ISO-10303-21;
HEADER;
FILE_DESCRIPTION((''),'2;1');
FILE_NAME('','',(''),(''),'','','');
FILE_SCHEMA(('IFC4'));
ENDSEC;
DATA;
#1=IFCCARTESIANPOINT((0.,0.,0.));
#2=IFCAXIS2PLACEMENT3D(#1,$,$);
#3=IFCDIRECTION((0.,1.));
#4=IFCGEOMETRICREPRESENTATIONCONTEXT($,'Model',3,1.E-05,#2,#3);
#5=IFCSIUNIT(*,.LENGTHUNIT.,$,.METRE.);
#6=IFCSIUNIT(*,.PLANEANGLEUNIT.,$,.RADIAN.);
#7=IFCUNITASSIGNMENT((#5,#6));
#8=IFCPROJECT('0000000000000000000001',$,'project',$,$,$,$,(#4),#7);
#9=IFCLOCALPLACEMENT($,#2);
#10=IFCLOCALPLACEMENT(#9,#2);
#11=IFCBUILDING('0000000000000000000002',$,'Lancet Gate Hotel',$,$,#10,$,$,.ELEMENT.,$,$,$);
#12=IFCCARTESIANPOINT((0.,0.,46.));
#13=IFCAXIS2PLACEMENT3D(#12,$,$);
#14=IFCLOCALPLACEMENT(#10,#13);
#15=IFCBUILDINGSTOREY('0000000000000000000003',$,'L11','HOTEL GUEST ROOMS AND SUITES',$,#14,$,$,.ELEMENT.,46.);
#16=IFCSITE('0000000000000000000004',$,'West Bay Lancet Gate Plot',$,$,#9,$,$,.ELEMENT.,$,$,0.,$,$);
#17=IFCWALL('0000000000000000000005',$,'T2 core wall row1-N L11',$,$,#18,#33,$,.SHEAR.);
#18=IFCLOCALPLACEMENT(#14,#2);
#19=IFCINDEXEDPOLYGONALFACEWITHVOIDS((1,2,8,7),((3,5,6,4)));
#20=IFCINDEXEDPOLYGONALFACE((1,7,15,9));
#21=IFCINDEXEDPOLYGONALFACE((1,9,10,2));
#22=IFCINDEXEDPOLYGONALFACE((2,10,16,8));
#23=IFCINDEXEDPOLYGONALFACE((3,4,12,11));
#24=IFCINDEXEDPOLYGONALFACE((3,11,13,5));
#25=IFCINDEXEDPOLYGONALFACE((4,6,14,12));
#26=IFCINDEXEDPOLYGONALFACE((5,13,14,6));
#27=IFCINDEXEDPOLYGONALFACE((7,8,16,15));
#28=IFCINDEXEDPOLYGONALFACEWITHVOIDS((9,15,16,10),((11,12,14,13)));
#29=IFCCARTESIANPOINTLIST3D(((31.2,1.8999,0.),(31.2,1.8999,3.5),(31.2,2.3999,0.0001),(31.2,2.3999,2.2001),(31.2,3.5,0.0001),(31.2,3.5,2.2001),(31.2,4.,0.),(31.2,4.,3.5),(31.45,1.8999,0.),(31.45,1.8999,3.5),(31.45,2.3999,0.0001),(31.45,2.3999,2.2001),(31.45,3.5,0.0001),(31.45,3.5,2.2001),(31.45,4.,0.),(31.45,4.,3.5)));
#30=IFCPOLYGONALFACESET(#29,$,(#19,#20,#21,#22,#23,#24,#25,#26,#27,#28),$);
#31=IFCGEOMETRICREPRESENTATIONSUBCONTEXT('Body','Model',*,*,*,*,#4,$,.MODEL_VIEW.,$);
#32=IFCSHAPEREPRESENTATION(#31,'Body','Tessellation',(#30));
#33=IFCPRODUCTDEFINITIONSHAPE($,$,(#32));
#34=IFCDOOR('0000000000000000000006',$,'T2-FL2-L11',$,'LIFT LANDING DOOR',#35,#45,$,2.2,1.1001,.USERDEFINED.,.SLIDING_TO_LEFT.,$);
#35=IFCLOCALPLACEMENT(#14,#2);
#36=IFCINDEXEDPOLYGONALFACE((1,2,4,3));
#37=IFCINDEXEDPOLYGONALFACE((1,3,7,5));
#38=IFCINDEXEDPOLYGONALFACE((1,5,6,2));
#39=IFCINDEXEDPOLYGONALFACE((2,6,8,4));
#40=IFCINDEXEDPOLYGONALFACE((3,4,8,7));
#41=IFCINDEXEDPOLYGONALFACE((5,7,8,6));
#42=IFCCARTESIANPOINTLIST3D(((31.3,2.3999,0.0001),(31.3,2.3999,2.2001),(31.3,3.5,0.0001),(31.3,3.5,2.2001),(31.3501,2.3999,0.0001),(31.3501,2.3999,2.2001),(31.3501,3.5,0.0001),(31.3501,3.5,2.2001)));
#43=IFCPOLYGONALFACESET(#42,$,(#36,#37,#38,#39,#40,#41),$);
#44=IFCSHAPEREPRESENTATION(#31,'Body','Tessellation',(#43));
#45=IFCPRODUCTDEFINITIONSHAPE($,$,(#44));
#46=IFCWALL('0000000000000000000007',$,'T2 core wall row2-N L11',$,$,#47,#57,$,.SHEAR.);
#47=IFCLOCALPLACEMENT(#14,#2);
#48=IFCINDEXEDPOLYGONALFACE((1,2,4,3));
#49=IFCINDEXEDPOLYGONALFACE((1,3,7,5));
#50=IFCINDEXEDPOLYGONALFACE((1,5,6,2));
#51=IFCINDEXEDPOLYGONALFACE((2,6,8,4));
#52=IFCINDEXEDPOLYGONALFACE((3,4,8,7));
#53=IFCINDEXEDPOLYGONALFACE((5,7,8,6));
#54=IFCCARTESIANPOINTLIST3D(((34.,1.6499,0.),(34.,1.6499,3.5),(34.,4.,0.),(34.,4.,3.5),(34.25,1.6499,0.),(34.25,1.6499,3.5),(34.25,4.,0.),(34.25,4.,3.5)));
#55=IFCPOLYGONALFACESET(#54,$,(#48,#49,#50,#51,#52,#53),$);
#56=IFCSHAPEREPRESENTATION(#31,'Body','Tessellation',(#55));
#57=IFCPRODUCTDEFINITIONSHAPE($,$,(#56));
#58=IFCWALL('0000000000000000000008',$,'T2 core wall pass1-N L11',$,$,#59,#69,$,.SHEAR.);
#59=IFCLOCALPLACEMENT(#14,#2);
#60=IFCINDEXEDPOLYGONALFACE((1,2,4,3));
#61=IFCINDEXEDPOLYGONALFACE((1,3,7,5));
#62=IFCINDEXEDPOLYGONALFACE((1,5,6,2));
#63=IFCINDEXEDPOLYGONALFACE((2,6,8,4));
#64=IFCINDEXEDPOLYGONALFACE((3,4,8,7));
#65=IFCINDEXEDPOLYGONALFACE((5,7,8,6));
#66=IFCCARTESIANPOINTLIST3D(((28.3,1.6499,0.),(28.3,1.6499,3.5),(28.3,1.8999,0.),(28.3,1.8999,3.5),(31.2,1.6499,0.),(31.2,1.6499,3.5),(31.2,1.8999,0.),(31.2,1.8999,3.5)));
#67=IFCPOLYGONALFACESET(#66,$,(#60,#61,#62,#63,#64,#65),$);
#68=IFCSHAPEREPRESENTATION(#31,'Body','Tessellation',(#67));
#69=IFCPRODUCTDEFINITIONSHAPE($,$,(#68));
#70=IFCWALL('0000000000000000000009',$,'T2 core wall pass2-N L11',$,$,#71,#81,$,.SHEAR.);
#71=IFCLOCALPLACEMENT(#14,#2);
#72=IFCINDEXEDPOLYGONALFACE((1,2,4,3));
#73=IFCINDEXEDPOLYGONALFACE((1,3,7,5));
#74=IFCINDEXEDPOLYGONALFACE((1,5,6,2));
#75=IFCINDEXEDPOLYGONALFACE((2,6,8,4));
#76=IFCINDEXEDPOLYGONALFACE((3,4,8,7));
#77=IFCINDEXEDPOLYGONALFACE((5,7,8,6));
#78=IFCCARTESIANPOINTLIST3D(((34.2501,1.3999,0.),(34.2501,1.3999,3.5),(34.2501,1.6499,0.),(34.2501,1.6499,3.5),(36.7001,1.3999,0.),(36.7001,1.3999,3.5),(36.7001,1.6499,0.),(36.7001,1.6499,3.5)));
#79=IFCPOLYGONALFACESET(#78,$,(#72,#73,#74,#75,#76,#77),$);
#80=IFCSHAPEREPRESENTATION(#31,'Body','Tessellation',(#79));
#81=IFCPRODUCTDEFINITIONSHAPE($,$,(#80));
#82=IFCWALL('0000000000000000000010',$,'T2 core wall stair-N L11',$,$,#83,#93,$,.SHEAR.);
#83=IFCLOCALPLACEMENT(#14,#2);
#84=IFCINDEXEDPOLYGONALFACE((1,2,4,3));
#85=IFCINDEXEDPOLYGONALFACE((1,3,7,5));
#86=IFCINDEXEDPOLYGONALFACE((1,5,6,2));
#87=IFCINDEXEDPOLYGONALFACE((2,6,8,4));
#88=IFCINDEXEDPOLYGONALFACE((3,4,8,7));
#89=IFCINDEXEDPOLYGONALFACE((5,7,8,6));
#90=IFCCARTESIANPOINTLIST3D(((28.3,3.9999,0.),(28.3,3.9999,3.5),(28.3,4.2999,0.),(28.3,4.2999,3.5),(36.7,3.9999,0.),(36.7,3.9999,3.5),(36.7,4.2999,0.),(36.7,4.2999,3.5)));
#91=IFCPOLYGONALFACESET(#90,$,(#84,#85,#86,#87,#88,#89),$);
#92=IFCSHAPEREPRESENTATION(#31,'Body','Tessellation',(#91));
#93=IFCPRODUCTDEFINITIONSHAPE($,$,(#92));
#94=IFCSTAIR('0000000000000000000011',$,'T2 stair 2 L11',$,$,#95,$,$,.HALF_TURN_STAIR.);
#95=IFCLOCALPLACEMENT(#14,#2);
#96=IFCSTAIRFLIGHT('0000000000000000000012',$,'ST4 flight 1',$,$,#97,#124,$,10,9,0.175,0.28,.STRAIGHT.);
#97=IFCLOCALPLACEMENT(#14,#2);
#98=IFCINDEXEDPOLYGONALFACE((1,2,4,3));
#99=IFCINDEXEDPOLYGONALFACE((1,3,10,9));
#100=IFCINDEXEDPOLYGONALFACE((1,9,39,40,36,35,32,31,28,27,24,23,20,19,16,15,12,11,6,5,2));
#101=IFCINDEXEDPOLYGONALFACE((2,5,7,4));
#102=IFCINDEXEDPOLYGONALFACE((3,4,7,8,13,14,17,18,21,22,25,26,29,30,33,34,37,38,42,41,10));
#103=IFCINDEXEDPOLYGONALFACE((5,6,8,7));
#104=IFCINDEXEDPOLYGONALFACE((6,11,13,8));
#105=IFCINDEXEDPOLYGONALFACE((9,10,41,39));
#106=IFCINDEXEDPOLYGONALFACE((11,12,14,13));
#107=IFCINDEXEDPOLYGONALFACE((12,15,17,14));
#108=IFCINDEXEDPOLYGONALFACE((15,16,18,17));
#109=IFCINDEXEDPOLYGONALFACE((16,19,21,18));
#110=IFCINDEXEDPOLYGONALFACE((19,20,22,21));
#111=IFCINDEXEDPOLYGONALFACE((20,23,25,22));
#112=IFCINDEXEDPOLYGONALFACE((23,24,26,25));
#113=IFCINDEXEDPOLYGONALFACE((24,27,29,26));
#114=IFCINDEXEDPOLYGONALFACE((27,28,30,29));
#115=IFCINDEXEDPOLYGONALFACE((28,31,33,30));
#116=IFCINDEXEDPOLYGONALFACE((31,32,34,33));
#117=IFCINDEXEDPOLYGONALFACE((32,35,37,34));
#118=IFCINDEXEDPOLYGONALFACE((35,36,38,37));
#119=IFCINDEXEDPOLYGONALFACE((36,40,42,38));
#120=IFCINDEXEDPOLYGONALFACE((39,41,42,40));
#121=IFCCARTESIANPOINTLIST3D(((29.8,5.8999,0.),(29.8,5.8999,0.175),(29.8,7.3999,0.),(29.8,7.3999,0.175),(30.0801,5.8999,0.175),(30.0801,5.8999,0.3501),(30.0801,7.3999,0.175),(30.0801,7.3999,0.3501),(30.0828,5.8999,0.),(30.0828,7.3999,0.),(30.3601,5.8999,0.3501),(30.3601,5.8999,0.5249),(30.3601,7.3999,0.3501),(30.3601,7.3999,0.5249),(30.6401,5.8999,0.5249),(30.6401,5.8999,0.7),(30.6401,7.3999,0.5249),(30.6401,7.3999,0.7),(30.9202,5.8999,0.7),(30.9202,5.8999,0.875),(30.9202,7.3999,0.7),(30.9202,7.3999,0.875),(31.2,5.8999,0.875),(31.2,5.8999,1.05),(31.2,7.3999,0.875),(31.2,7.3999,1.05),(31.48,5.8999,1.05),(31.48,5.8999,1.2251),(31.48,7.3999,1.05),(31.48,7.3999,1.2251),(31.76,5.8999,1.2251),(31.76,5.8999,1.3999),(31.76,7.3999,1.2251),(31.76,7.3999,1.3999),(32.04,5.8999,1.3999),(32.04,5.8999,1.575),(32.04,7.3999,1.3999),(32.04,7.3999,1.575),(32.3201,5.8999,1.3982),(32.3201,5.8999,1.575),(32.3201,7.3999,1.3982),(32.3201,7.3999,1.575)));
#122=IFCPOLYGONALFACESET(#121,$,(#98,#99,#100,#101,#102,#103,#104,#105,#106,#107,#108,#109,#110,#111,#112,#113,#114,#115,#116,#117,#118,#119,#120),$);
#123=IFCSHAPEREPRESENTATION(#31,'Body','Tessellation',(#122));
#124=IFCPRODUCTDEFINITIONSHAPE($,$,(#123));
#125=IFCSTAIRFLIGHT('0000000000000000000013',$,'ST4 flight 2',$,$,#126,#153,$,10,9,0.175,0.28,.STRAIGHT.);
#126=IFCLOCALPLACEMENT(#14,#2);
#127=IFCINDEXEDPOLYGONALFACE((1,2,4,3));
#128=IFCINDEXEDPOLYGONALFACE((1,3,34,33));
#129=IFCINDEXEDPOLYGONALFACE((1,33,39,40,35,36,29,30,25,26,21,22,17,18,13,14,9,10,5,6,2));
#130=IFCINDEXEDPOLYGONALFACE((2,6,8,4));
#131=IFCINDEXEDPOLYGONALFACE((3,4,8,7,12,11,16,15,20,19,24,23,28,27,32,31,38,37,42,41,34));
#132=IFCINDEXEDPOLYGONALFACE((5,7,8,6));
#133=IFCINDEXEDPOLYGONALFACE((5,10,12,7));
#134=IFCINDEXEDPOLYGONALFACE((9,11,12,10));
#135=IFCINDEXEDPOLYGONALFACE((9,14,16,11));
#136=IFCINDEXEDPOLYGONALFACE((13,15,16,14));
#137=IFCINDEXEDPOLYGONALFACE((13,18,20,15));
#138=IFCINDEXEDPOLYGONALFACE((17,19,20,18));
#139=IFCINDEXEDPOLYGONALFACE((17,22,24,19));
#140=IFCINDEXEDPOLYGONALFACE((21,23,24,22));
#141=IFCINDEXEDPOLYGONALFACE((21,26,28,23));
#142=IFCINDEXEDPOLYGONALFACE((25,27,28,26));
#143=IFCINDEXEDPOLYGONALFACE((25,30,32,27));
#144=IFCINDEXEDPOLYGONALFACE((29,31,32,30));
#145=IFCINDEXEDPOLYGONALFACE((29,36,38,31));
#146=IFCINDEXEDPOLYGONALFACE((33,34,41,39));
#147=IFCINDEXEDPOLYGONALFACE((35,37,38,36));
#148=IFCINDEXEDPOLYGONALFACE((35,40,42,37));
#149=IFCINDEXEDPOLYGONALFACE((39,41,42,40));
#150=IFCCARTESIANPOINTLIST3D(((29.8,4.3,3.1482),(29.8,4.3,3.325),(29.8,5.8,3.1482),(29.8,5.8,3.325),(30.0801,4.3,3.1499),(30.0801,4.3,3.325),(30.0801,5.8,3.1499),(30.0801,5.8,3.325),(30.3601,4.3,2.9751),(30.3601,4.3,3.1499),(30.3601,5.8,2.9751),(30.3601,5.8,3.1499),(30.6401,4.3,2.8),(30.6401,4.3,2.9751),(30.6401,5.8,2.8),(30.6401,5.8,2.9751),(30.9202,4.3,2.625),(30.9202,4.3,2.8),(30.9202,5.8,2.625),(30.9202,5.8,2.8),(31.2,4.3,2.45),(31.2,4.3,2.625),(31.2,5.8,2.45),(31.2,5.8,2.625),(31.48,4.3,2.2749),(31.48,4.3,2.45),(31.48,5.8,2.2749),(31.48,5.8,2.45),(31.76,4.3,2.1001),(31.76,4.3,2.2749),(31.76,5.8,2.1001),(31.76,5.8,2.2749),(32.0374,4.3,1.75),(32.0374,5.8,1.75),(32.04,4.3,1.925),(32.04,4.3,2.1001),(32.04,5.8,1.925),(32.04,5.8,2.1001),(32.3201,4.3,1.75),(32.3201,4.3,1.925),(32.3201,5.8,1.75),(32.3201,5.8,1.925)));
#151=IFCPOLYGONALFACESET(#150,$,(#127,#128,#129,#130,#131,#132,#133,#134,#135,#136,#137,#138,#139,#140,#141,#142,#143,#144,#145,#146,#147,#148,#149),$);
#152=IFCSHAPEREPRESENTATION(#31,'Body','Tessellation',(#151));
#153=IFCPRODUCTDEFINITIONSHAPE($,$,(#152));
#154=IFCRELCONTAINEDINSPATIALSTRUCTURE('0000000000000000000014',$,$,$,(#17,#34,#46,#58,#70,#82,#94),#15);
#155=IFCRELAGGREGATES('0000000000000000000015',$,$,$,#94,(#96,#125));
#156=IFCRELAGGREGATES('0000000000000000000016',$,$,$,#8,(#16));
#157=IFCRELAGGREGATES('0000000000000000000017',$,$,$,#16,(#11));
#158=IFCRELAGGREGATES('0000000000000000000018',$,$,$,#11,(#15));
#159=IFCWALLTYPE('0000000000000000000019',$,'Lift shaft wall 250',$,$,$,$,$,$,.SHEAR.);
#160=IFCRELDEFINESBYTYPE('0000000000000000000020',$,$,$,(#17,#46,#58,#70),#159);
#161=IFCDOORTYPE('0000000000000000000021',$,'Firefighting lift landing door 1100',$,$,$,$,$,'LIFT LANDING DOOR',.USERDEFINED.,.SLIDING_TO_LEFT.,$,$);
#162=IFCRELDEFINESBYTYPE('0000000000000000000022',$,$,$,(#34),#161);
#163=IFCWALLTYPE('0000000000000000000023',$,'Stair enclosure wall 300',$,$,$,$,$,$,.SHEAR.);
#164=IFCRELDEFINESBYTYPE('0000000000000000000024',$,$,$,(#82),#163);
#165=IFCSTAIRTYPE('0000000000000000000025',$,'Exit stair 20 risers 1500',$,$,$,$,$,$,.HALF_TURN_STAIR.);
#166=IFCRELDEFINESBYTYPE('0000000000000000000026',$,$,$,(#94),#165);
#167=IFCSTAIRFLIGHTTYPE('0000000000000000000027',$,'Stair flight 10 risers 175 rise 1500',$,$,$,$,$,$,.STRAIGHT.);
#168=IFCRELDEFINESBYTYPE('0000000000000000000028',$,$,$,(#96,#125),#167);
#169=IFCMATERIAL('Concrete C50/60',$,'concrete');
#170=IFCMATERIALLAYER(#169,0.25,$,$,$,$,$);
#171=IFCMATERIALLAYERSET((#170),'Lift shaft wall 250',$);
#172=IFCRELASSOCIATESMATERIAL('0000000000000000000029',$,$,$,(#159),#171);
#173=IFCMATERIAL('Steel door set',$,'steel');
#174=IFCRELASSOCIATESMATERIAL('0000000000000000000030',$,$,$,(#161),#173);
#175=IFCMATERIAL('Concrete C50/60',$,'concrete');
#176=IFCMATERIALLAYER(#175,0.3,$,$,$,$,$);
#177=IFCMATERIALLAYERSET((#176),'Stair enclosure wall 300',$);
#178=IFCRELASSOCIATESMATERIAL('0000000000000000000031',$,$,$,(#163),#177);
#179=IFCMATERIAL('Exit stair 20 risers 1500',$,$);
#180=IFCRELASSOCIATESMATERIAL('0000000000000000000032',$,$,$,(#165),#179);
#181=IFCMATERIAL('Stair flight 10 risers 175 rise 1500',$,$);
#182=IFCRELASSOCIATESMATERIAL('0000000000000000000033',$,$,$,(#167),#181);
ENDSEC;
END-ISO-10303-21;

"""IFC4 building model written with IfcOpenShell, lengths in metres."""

from ifc_helpers import new_model, si_unit, direction, frame, frame_2d, origin, place, context, subcontext, project, spatial, polyline, rectangle, outline, extrude, material, layer, layer_set, type_object, element, fill, aggregate, save


model = new_model("IFC4")

# Units and contexts
model_context = context("Model", 3, precision=1e-05, world=origin(), true_north=direction((0.0, 1.0)))
body_context = subcontext(model_context, "Body", "Model", "MODEL_VIEW")
ifc_project = project(units=[si_unit("LENGTHUNIT", "METRE"), si_unit("PLANEANGLEUNIT", "RADIAN")], contexts=[model_context])

# Site, building, storey
site_placement = place(None, origin())
site = spatial("IfcSite", under=ifc_project, at=site_placement, Name="West Bay Lancet Gate Plot", CompositionType="ELEMENT", RefElevation=0.0)
building_placement = place(site_placement, origin())
building = spatial("IfcBuilding", under=site, at=building_placement, Name="Lancet Gate Hotel", CompositionType="ELEMENT")
storey_placement = place(building_placement, frame((0.0, 0.0, 46.0)))
storey = spatial("IfcBuildingStorey", under=building, at=storey_placement, Name="L11", Description="HOTEL GUEST ROOMS AND SUITES", CompositionType="ELEMENT", Elevation=46.0)

# Wall, opening, door
ifc_material_1 = material(Name="Concrete C50/60", Category="concrete")
ifc_layer_1 = layer(ifc_material_1, 0.25)
ifc_layer_set_1 = layer_set([ifc_layer_1], Name="Lift shaft wall 250")
wall_type_1 = type_object("IfcWallType", Name="Lift shaft wall 250", PredefinedType="SHEAR", material=ifc_layer_set_1)
wall_1_placement = place(storey_placement, frame((31.325, 1.8999, 0.0), z_axis=(0.0, 0.0, 1.0), x_axis=(0.0, 1.0, 0.0)))
wall_1 = element("IfcWall", 1, at=wall_1_placement, inside=storey, type_object=wall_type_1, Name="T2 core wall row1-N L11", PredefinedType="SHEAR", context=body_context, shape_type="SweptSolid", body=[
    extrude(rectangle(XDim=2.1001, YDim=0.25, at=frame_2d((1.05, 0.0))), origin(), (0.0, 0.0, 1.0), 3.5),
])
opening_1_placement = place(wall_1_placement, frame((0.5, 0.0, 0.0)))
opening_1 = element("IfcOpeningElement", 2, at=opening_1_placement, cuts=wall_1, PredefinedType="OPENING", context=body_context, shape_type="SweptSolid", body=[
    extrude(rectangle(XDim=1.1001, YDim=2.2, at=frame_2d((0.55, 1.1001))), frame((0.0, 0.135, 0.0), z_axis=(0.0, -1.0, 0.0), x_axis=(1.0, 0.0, 0.0)), (0.0, 0.0, 1.0), 0.27),
])
ifc_material_2 = material(Name="Steel door set", Category="steel")
door_type_1 = type_object("IfcDoorType", Name="Firefighting lift landing door 1100", ElementType="LIFT LANDING DOOR", OperationType="SLIDING_TO_LEFT", PredefinedType="USERDEFINED", material=ifc_material_2)
door_1_placement = place(opening_1_placement, origin())
door_1 = element("IfcDoor", 3, at=door_1_placement, inside=storey, type_object=door_type_1, Name="T2-FL2-L11", ObjectType="LIFT LANDING DOOR", OperationType="SLIDING_TO_LEFT", OverallHeight=2.2, OverallWidth=1.1001, PredefinedType="USERDEFINED", context=body_context, shape_type="SweptSolid", body=[
    extrude(rectangle(XDim=1.1001, YDim=2.2, at=frame_2d((0.55, 1.1001))), frame((0.0, 0.0249, 0.0), z_axis=(0.0, -1.0, 0.0), x_axis=(1.0, 0.0, 0.0)), (0.0, 0.0, 1.0), 0.05),
])
fill(opening_1, door_1)

# Walls
wall_2_placement = place(storey_placement, frame((34.125, 1.6499, 0.0), z_axis=(0.0, 0.0, 1.0), x_axis=(0.0, 1.0, 0.0)))
element("IfcWall", 4, at=wall_2_placement, inside=storey, type_object=wall_type_1, Name="T2 core wall row2-N L11", PredefinedType="SHEAR", context=body_context, shape_type="SweptSolid", body=[
    extrude(rectangle(XDim=2.3501, YDim=0.25, at=frame_2d((1.175, 0.0))), origin(), (0.0, 0.0, 1.0), 3.5),
])
wall_3_placement = place(storey_placement, frame((28.3, 1.7749, 0.0), z_axis=(0.0, 0.0, 1.0), x_axis=(1.0, 0.0, 0.0)))
element("IfcWall", 5, at=wall_3_placement, inside=storey, type_object=wall_type_1, Name="T2 core wall pass1-N L11", PredefinedType="SHEAR", context=body_context, shape_type="SweptSolid", body=[
    extrude(rectangle(XDim=2.8999, YDim=0.25, at=frame_2d((1.45, 0.0))), origin(), (0.0, 0.0, 1.0), 3.5),
])
wall_4_placement = place(storey_placement, frame((34.25, 1.5249, 0.0), z_axis=(0.0, 0.0, 1.0), x_axis=(1.0, 0.0, 0.0)))
element("IfcWall", 6, at=wall_4_placement, inside=storey, type_object=wall_type_1, Name="T2 core wall pass2-N L11", PredefinedType="SHEAR", context=body_context, shape_type="SweptSolid", body=[
    extrude(rectangle(XDim=2.45, YDim=0.25, at=frame_2d((1.2251, 0.0))), origin(), (0.0, 0.0, 1.0), 3.5),
])
ifc_material_3 = material(Name="Concrete C50/60", Category="concrete")
ifc_layer_2 = layer(ifc_material_3, 0.3)
ifc_layer_set_2 = layer_set([ifc_layer_2], Name="Stair enclosure wall 300")
wall_type_2 = type_object("IfcWallType", Name="Stair enclosure wall 300", PredefinedType="SHEAR", material=ifc_layer_set_2)
wall_5_placement = place(storey_placement, frame((28.3, 4.1499, 0.0), z_axis=(0.0, 0.0, 1.0), x_axis=(1.0, 0.0, 0.0)))
element("IfcWall", 7, at=wall_5_placement, inside=storey, type_object=wall_type_2, Name="T2 core wall stair-N L11", PredefinedType="SHEAR", context=body_context, shape_type="SweptSolid", body=[
    extrude(rectangle(XDim=8.3999, YDim=0.3, at=frame_2d((4.2, 0.0))), origin(), (0.0, 0.0, 1.0), 3.5),
])

# Stair, stair flights
ifc_material_4 = material(Name="Exit stair 20 risers 1500")
stair_type = type_object("IfcStairType", Name="Exit stair 20 risers 1500", PredefinedType="HALF_TURN_STAIR", material=ifc_material_4)
stair_placement = place(storey_placement, origin())
stair = element("IfcStair", 8, at=stair_placement, inside=storey, type_object=stair_type, Name="T2 stair 2 L11", PredefinedType="HALF_TURN_STAIR")
ifc_material_5 = material(Name="Stair flight 10 risers 175 rise 1500")
stair_flight_type = type_object("IfcStairFlightType", Name="Stair flight 10 risers 175 rise 1500", PredefinedType="STRAIGHT", material=ifc_material_5)
stair_flight_1_placement = place(storey_placement, frame((29.8, 6.6499, 0.0), z_axis=(0.0, 0.0, 1.0), x_axis=(1.0, 0.0, 0.0)))
stair_flight_1 = element("IfcStairFlight", 9, at=stair_flight_1_placement, type_object=stair_flight_type, Name="ST4 flight 1", NumberOfRisers=10, NumberOfTreads=9, PredefinedType="STRAIGHT", RiserHeight=0.175, TreadLength=0.28, context=body_context, shape_type="SweptSolid", body=[
    extrude(outline(polyline([(0.0, 0.0), (0.0, 0.175), (0.28, 0.175), (0.28, 0.3501), (0.5601, 0.3501), (0.5601, 0.5249), (0.8401, 0.5249), (0.8401, 0.7), (1.1201, 0.7), (1.1201, 0.875), (1.3999, 0.875), (1.3999, 1.05), (1.6799, 1.05), (1.6799, 1.2251), (1.96, 1.2251), (1.96, 1.3999), (2.24, 1.3999), (2.24, 1.575), (2.52, 1.575), (2.52, 1.75), (2.52, 1.3982), (0.2827, 0.0), (0.0, 0.0)])), frame((0.0, 0.75, 0.0), z_axis=(0.0, -1.0, 0.0), x_axis=(1.0, 0.0, 0.0)), (0.0, 0.0, 1.0), 1.5),
])
stair_flight_2_placement = place(storey_placement, frame((32.3201, 5.05, 1.75), z_axis=(0.0, 0.0, 1.0), x_axis=(-1.0, 0.0, 0.0)))
stair_flight_2 = element("IfcStairFlight", 10, at=stair_flight_2_placement, type_object=stair_flight_type, Name="ST4 flight 2", NumberOfRisers=10, NumberOfTreads=9, PredefinedType="STRAIGHT", RiserHeight=0.175, TreadLength=0.28, context=body_context, shape_type="SweptSolid", body=[
    extrude(outline(polyline([(0.0, 0.0), (0.0, 0.175), (0.28, 0.175), (0.28, 0.3501), (0.5601, 0.3501), (0.5601, 0.5249), (0.8401, 0.5249), (0.8401, 0.7), (1.1201, 0.7), (1.1201, 0.875), (1.3999, 0.875), (1.3999, 1.05), (1.6799, 1.05), (1.6799, 1.2251), (1.96, 1.2251), (1.96, 1.3999), (2.24, 1.3999), (2.24, 1.575), (2.52, 1.575), (2.52, 1.75), (2.52, 1.3982), (0.2827, 0.0), (0.0, 0.0)])), frame((0.0, 0.75, 0.0), z_axis=(0.0, -1.0, 0.0), x_axis=(1.0, 0.0, 0.0)), (0.0, 0.0, 1.0), 1.5),
])
aggregate(stair, [stair_flight_1, stair_flight_2])

save(model, "model.ifc")
